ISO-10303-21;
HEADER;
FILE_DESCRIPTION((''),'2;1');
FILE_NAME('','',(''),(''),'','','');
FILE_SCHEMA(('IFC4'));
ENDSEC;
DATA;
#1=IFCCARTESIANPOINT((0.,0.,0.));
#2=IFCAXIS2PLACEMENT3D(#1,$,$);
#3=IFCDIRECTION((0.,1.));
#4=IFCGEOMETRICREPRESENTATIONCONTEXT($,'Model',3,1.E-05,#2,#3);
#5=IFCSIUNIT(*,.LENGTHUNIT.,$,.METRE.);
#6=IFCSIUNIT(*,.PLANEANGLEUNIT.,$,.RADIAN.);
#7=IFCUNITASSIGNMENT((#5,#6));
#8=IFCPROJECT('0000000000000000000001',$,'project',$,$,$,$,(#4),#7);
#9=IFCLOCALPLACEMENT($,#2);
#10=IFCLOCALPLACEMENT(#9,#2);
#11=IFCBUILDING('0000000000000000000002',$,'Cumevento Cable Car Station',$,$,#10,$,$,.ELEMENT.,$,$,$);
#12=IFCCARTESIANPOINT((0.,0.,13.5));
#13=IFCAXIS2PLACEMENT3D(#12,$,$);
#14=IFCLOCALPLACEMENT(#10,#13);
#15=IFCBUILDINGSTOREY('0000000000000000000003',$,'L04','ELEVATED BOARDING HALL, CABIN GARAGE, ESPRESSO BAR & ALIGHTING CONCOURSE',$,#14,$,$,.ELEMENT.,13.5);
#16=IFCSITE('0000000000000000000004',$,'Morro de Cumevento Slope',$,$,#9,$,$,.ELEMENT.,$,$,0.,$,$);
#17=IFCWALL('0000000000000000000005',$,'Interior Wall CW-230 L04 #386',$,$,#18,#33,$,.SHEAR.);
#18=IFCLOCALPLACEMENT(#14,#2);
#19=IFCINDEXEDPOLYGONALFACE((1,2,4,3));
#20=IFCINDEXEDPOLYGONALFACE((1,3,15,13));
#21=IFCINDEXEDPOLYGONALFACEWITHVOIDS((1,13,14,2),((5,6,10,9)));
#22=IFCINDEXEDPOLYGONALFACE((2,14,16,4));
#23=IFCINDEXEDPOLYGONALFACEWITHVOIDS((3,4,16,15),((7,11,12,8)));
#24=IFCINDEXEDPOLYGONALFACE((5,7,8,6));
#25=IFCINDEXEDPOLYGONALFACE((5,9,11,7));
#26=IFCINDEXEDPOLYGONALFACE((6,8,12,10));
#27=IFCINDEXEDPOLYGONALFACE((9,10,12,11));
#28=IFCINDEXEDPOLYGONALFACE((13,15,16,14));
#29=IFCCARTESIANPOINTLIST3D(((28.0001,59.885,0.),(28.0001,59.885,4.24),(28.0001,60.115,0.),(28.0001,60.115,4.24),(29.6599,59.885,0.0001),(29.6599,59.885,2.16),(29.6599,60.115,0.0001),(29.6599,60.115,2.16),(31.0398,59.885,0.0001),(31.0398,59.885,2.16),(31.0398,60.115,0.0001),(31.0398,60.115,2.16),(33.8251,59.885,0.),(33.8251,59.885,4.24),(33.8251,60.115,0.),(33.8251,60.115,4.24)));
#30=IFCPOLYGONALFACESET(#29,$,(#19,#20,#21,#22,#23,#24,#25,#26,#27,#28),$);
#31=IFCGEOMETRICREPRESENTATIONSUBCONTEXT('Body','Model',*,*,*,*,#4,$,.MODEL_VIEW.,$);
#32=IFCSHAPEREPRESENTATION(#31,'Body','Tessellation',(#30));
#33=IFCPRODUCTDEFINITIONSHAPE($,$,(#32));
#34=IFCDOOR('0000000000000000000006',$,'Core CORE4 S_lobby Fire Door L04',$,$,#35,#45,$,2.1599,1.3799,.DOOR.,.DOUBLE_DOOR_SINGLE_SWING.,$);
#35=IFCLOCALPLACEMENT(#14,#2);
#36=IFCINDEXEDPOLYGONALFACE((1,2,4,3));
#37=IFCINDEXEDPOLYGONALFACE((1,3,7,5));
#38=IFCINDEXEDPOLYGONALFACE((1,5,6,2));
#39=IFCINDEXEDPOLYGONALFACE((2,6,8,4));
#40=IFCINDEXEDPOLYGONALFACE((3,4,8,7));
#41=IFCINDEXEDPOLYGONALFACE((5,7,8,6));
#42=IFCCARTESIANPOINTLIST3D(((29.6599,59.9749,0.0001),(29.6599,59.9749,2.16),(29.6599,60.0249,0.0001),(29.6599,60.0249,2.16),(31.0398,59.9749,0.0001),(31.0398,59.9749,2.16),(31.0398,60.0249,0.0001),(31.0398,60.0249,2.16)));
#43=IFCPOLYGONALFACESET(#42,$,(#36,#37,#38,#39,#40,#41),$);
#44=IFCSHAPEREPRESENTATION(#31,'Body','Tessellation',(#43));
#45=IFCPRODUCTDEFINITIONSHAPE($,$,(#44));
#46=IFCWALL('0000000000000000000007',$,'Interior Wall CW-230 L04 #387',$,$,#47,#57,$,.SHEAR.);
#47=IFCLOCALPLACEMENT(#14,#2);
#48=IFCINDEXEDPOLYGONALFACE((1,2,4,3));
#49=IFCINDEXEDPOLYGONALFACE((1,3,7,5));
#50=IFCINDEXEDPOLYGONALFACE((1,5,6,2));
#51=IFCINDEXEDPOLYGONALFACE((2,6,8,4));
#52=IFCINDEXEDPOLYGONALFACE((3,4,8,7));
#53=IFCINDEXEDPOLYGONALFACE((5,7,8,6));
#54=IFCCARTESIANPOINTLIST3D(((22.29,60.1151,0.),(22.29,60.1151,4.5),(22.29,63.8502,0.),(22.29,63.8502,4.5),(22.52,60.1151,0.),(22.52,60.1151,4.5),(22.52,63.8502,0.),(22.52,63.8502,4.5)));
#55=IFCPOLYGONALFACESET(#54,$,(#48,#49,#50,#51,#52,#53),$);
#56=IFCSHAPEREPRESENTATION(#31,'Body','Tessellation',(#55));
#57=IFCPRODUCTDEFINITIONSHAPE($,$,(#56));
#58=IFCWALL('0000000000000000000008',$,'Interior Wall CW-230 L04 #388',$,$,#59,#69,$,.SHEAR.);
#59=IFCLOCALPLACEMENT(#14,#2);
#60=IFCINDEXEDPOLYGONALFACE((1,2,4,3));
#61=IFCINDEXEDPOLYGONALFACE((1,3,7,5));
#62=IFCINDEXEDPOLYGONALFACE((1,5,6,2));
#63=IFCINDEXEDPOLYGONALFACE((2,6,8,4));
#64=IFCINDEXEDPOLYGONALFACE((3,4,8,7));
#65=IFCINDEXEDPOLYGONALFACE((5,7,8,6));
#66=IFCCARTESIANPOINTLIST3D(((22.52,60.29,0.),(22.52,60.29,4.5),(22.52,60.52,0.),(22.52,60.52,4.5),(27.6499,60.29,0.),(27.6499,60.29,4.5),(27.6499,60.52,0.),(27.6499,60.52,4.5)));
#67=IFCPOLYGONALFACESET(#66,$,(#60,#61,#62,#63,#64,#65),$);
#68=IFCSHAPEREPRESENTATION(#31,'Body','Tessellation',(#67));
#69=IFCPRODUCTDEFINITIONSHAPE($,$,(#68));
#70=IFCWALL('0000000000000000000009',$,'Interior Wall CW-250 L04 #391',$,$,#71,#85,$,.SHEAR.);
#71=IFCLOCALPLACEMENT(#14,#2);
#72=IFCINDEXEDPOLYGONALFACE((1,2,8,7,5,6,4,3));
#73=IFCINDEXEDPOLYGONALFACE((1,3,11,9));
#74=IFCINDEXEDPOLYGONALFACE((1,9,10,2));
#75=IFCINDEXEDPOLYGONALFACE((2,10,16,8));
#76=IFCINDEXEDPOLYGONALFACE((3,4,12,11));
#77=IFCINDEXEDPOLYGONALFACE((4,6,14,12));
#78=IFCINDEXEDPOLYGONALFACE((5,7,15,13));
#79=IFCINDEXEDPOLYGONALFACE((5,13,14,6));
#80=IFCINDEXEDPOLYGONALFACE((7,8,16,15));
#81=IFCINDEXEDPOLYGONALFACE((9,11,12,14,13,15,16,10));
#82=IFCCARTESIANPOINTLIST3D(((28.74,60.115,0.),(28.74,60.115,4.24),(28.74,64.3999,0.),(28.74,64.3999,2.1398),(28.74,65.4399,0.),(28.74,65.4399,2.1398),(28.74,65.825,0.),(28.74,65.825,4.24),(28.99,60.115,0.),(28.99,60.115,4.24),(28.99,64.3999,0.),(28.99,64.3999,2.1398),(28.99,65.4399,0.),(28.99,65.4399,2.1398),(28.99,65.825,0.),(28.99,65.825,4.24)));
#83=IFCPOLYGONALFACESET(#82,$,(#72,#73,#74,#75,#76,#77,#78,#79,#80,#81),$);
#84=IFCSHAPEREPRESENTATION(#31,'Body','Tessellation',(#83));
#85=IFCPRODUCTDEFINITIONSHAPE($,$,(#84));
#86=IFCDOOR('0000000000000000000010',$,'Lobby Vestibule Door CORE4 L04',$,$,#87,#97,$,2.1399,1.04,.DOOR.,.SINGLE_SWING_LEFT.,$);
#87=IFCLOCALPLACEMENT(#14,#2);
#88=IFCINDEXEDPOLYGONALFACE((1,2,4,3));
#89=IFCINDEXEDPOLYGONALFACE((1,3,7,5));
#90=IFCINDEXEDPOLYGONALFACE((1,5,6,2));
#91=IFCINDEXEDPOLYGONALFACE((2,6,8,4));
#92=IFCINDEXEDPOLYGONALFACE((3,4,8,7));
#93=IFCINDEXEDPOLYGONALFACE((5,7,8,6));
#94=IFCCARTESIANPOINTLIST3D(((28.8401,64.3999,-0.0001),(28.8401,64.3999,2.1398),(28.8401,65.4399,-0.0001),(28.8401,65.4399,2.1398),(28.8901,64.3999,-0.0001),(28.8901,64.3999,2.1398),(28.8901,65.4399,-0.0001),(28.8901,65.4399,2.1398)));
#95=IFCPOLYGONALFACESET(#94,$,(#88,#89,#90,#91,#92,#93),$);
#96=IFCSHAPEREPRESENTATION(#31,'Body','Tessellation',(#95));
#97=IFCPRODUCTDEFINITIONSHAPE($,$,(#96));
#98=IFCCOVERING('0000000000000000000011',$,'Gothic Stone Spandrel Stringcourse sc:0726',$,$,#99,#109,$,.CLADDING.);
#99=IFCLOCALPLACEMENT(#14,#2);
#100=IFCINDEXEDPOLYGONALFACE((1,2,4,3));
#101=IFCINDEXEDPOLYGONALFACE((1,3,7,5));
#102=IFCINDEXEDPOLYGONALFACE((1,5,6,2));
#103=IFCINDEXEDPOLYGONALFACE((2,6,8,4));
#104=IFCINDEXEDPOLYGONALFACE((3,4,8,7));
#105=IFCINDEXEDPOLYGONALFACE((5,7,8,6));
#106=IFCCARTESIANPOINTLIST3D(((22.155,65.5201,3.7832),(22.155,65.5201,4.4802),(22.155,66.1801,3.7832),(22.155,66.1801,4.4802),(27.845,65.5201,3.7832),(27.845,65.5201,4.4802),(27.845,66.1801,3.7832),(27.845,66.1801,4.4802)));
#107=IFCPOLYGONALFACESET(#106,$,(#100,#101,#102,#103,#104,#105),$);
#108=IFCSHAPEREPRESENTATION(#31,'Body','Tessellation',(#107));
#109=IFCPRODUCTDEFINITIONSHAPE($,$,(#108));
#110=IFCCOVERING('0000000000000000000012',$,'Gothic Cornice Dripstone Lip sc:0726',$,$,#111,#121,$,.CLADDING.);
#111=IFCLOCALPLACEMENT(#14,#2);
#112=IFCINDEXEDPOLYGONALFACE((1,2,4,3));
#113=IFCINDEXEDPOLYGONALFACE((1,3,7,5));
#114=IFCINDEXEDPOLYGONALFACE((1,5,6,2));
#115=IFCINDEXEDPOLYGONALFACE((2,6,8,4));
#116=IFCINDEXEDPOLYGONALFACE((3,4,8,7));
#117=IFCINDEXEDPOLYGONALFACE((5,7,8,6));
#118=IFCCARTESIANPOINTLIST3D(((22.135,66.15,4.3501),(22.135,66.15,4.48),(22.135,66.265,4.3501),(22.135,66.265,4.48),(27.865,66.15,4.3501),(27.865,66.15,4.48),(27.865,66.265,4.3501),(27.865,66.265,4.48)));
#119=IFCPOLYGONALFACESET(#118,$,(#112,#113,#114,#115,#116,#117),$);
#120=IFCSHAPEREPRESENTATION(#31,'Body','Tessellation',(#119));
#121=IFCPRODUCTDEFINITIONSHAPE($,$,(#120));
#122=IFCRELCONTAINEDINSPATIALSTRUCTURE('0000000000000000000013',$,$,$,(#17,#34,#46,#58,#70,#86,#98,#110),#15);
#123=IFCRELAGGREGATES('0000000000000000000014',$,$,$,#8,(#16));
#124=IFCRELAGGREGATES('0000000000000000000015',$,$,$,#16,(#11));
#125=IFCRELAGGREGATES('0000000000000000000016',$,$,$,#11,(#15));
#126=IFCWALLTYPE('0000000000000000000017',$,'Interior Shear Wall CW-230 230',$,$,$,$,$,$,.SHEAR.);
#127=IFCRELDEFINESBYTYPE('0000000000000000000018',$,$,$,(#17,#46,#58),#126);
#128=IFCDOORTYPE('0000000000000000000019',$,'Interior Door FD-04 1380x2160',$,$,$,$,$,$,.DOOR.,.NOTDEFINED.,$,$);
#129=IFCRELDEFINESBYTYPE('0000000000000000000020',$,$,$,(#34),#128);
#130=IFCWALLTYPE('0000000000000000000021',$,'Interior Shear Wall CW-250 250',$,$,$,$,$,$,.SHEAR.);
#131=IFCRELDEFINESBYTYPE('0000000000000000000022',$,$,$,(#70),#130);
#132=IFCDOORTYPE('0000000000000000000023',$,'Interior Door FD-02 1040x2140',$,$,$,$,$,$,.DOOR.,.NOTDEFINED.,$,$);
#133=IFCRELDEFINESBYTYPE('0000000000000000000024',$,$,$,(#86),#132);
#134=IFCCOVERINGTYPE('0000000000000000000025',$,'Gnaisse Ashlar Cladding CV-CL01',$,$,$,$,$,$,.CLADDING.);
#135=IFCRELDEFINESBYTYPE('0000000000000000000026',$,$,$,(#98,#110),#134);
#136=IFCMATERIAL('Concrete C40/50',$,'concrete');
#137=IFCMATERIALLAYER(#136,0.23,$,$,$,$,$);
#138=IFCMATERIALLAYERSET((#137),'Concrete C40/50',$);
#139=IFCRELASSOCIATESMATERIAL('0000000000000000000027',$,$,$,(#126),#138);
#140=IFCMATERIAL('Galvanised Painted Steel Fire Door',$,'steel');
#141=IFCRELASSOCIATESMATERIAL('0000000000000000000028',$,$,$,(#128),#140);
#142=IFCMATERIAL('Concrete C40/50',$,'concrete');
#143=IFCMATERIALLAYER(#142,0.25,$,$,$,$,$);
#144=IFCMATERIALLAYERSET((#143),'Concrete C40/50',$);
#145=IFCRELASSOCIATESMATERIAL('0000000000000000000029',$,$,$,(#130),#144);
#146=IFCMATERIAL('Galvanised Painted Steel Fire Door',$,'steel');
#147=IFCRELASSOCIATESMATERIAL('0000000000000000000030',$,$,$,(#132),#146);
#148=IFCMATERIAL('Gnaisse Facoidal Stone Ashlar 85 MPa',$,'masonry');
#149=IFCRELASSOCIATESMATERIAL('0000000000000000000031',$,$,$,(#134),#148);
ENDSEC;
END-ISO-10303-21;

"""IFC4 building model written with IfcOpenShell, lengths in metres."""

from ifc_helpers import new_model, si_unit, direction, frame, frame_2d, origin, origin_2d, place, context, subcontext, project, spatial, rectangle, extrude, material, layer, layer_set, type_object, element, fill, save


model = new_model("IFC4")

# Units and contexts
model_context = context("Model", 3, precision=1e-05, world=origin(), true_north=direction((0.0, 1.0)))
body_context = subcontext(model_context, "Body", "Model", "MODEL_VIEW")
ifc_project = project(units=[si_unit("LENGTHUNIT", "METRE"), si_unit("PLANEANGLEUNIT", "RADIAN")], contexts=[model_context])

# Site, building, storey
site_placement = place(None, origin())
site = spatial("IfcSite", under=ifc_project, at=site_placement, Name="Morro de Cumevento Slope", CompositionType="ELEMENT", RefElevation=0.0)
building_placement = place(site_placement, origin())
building = spatial("IfcBuilding", under=site, at=building_placement, Name="Cumevento Cable Car Station", CompositionType="ELEMENT")
storey_placement = place(building_placement, frame((0.0, 0.0, 13.5)))
storey = spatial("IfcBuildingStorey", under=building, at=storey_placement, Name="L04", Description="ELEVATED BOARDING HALL, CABIN GARAGE, ESPRESSO BAR & ALIGHTING CONCOURSE", CompositionType="ELEMENT", Elevation=13.5)

# Wall, opening, door
ifc_material_1 = material(Name="Concrete C40/50", Category="concrete")
ifc_layer_1 = layer(ifc_material_1, 0.23)
ifc_layer_set_1 = layer_set([ifc_layer_1], Name="Concrete C40/50")
wall_type_1 = type_object("IfcWallType", Name="Interior Shear Wall CW-230 230", PredefinedType="SHEAR", material=ifc_layer_set_1)
wall_1_placement = place(storey_placement, frame((28.0, 60.0, 0.0), z_axis=(0.0, 0.0, 1.0), x_axis=(1.0, 0.0, 0.0)))
wall_1 = element("IfcWall", 1, at=wall_1_placement, inside=storey, type_object=wall_type_1, Name="Interior Wall CW-230 L04 #386", PredefinedType="SHEAR", context=body_context, shape_type="SweptSolid", body=[
    extrude(rectangle(XDim=5.825, YDim=0.23, at=frame_2d((2.9126, 0.0))), origin(), (0.0, 0.0, 1.0), 4.24),
])
opening_1_placement = place(wall_1_placement, frame((1.6599, 0.0, 0.0)))
opening_1 = element("IfcOpeningElement", 2, at=opening_1_placement, cuts=wall_1, PredefinedType="OPENING", context=body_context, shape_type="SweptSolid", body=[
    extrude(rectangle(XDim=1.3799, YDim=2.1599, at=frame_2d((0.6899, 1.0801))), frame((0.0, 0.125, 0.0), z_axis=(0.0, -1.0, 0.0), x_axis=(1.0, 0.0, 0.0)), (0.0, 0.0, 1.0), 0.25),
])
ifc_material_2 = material(Name="Galvanised Painted Steel Fire Door", Category="steel")
door_type_1 = type_object("IfcDoorType", Name="Interior Door FD-04 1380x2160", OperationType="NOTDEFINED", PredefinedType="DOOR", material=ifc_material_2)
door_1_placement = place(opening_1_placement, origin())
door_1 = element("IfcDoor", 3, at=door_1_placement, inside=storey, type_object=door_type_1, Name="Core CORE4 S_lobby Fire Door L04", OperationType="DOUBLE_DOOR_SINGLE_SWING", OverallHeight=2.1599, OverallWidth=1.3799, PredefinedType="DOOR", context=body_context, shape_type="SweptSolid", body=[
    extrude(rectangle(XDim=1.3799, YDim=2.1599, at=frame_2d((0.6899, 1.0801))), frame((0.0, 0.0249, 0.0), z_axis=(0.0, -1.0, 0.0), x_axis=(1.0, 0.0, 0.0)), (0.0, 0.0, 1.0), 0.05),
])
fill(opening_1, door_1)

# Walls
wall_2_placement = place(storey_placement, frame((22.405, 60.115, 0.0), z_axis=(0.0, 0.0, 1.0), x_axis=(0.0, 1.0, 0.0)))
element("IfcWall", 4, at=wall_2_placement, inside=storey, type_object=wall_type_1, Name="Interior Wall CW-230 L04 #387", PredefinedType="SHEAR", context=body_context, shape_type="SweptSolid", body=[
    extrude(rectangle(XDim=3.7351, YDim=0.23, at=frame_2d((1.8677, 0.0))), origin(), (0.0, 0.0, 1.0), 4.5),
])
wall_3_placement = place(storey_placement, frame((22.52, 60.405, 0.0), z_axis=(0.0, 0.0, 1.0), x_axis=(1.0, 0.0, 0.0)))
element("IfcWall", 5, at=wall_3_placement, inside=storey, type_object=wall_type_1, Name="Interior Wall CW-230 L04 #388", PredefinedType="SHEAR", context=body_context, shape_type="SweptSolid", body=[
    extrude(rectangle(XDim=5.1299, YDim=0.23, at=frame_2d((2.5649, 0.0))), origin(), (0.0, 0.0, 1.0), 4.5),
])

# Wall, opening, door
ifc_material_3 = material(Name="Concrete C40/50", Category="concrete")
ifc_layer_2 = layer(ifc_material_3, 0.25)
ifc_layer_set_2 = layer_set([ifc_layer_2], Name="Concrete C40/50")
wall_type_2 = type_object("IfcWallType", Name="Interior Shear Wall CW-250 250", PredefinedType="SHEAR", material=ifc_layer_set_2)
wall_4_placement = place(storey_placement, frame((28.865, 60.115, 0.0), z_axis=(0.0, 0.0, 1.0), x_axis=(0.0, 1.0, 0.0)))
wall_4 = element("IfcWall", 6, at=wall_4_placement, inside=storey, type_object=wall_type_2, Name="Interior Wall CW-250 L04 #391", PredefinedType="SHEAR", context=body_context, shape_type="SweptSolid", body=[
    extrude(rectangle(XDim=5.71, YDim=0.25, at=frame_2d((2.855, 0.0))), origin(), (0.0, 0.0, 1.0), 4.24),
])
opening_2_placement = place(wall_4_placement, frame((4.2849, 0.0, 0.0)))
opening_2 = element("IfcOpeningElement", 7, at=opening_2_placement, cuts=wall_4, PredefinedType="OPENING", context=body_context, shape_type="SweptSolid", body=[
    extrude(rectangle(XDim=1.04, YDim=2.1399, at=frame_2d((0.52, 1.0698))), frame((0.0, 0.135, 0.0), z_axis=(0.0, -1.0, 0.0), x_axis=(1.0, 0.0, 0.0)), (0.0, 0.0, 1.0), 0.27),
])
ifc_material_4 = material(Name="Galvanised Painted Steel Fire Door", Category="steel")
door_type_2 = type_object("IfcDoorType", Name="Interior Door FD-02 1040x2140", OperationType="NOTDEFINED", PredefinedType="DOOR", material=ifc_material_4)
door_2_placement = place(opening_2_placement, origin())
door_2 = element("IfcDoor", 8, at=door_2_placement, inside=storey, type_object=door_type_2, Name="Lobby Vestibule Door CORE4 L04", OperationType="SINGLE_SWING_LEFT", OverallHeight=2.1399, OverallWidth=1.04, PredefinedType="DOOR", context=body_context, shape_type="SweptSolid", body=[
    extrude(rectangle(XDim=1.04, YDim=2.1399, at=frame_2d((0.52, 1.0698))), frame((0.0, 0.0249, 0.0), z_axis=(0.0, -1.0, 0.0), x_axis=(1.0, 0.0, 0.0)), (0.0, 0.0, 1.0), 0.05),
])
fill(opening_2, door_2)

# Coverings
ifc_material_5 = material(Name="Gnaisse Facoidal Stone Ashlar 85 MPa", Category="masonry")
covering_type = type_object("IfcCoveringType", Name="Gnaisse Ashlar Cladding CV-CL01", PredefinedType="CLADDING", material=ifc_material_5)
covering_1_placement = place(storey_placement, frame((25.0, 65.8501, 3.7832), z_axis=(0.0, 0.0, 1.0), x_axis=(1.0, 0.0, 0.0)))
element("IfcCovering", 9, at=covering_1_placement, inside=storey, type_object=covering_type, Name="Gothic Stone Spandrel Stringcourse sc:0726", PredefinedType="CLADDING", context=body_context, shape_type="SweptSolid", body=[
    extrude(rectangle(XDim=5.6899, YDim=0.6599, at=origin_2d()), origin(), (0.0, 0.0, 1.0), 0.697),
])
covering_2_placement = place(storey_placement, frame((25.0, 66.2075, 4.3501), z_axis=(0.0, 0.0, 1.0), x_axis=(1.0, 0.0, 0.0)))
element("IfcCovering", 10, at=covering_2_placement, inside=storey, type_object=covering_type, Name="Gothic Cornice Dripstone Lip sc:0726", PredefinedType="CLADDING", context=body_context, shape_type="SweptSolid", body=[
    extrude(rectangle(XDim=5.73, YDim=0.115, at=origin_2d()), origin(), (0.0, 0.0, 1.0), 0.1299),
])

save(model, "model.ifc")
